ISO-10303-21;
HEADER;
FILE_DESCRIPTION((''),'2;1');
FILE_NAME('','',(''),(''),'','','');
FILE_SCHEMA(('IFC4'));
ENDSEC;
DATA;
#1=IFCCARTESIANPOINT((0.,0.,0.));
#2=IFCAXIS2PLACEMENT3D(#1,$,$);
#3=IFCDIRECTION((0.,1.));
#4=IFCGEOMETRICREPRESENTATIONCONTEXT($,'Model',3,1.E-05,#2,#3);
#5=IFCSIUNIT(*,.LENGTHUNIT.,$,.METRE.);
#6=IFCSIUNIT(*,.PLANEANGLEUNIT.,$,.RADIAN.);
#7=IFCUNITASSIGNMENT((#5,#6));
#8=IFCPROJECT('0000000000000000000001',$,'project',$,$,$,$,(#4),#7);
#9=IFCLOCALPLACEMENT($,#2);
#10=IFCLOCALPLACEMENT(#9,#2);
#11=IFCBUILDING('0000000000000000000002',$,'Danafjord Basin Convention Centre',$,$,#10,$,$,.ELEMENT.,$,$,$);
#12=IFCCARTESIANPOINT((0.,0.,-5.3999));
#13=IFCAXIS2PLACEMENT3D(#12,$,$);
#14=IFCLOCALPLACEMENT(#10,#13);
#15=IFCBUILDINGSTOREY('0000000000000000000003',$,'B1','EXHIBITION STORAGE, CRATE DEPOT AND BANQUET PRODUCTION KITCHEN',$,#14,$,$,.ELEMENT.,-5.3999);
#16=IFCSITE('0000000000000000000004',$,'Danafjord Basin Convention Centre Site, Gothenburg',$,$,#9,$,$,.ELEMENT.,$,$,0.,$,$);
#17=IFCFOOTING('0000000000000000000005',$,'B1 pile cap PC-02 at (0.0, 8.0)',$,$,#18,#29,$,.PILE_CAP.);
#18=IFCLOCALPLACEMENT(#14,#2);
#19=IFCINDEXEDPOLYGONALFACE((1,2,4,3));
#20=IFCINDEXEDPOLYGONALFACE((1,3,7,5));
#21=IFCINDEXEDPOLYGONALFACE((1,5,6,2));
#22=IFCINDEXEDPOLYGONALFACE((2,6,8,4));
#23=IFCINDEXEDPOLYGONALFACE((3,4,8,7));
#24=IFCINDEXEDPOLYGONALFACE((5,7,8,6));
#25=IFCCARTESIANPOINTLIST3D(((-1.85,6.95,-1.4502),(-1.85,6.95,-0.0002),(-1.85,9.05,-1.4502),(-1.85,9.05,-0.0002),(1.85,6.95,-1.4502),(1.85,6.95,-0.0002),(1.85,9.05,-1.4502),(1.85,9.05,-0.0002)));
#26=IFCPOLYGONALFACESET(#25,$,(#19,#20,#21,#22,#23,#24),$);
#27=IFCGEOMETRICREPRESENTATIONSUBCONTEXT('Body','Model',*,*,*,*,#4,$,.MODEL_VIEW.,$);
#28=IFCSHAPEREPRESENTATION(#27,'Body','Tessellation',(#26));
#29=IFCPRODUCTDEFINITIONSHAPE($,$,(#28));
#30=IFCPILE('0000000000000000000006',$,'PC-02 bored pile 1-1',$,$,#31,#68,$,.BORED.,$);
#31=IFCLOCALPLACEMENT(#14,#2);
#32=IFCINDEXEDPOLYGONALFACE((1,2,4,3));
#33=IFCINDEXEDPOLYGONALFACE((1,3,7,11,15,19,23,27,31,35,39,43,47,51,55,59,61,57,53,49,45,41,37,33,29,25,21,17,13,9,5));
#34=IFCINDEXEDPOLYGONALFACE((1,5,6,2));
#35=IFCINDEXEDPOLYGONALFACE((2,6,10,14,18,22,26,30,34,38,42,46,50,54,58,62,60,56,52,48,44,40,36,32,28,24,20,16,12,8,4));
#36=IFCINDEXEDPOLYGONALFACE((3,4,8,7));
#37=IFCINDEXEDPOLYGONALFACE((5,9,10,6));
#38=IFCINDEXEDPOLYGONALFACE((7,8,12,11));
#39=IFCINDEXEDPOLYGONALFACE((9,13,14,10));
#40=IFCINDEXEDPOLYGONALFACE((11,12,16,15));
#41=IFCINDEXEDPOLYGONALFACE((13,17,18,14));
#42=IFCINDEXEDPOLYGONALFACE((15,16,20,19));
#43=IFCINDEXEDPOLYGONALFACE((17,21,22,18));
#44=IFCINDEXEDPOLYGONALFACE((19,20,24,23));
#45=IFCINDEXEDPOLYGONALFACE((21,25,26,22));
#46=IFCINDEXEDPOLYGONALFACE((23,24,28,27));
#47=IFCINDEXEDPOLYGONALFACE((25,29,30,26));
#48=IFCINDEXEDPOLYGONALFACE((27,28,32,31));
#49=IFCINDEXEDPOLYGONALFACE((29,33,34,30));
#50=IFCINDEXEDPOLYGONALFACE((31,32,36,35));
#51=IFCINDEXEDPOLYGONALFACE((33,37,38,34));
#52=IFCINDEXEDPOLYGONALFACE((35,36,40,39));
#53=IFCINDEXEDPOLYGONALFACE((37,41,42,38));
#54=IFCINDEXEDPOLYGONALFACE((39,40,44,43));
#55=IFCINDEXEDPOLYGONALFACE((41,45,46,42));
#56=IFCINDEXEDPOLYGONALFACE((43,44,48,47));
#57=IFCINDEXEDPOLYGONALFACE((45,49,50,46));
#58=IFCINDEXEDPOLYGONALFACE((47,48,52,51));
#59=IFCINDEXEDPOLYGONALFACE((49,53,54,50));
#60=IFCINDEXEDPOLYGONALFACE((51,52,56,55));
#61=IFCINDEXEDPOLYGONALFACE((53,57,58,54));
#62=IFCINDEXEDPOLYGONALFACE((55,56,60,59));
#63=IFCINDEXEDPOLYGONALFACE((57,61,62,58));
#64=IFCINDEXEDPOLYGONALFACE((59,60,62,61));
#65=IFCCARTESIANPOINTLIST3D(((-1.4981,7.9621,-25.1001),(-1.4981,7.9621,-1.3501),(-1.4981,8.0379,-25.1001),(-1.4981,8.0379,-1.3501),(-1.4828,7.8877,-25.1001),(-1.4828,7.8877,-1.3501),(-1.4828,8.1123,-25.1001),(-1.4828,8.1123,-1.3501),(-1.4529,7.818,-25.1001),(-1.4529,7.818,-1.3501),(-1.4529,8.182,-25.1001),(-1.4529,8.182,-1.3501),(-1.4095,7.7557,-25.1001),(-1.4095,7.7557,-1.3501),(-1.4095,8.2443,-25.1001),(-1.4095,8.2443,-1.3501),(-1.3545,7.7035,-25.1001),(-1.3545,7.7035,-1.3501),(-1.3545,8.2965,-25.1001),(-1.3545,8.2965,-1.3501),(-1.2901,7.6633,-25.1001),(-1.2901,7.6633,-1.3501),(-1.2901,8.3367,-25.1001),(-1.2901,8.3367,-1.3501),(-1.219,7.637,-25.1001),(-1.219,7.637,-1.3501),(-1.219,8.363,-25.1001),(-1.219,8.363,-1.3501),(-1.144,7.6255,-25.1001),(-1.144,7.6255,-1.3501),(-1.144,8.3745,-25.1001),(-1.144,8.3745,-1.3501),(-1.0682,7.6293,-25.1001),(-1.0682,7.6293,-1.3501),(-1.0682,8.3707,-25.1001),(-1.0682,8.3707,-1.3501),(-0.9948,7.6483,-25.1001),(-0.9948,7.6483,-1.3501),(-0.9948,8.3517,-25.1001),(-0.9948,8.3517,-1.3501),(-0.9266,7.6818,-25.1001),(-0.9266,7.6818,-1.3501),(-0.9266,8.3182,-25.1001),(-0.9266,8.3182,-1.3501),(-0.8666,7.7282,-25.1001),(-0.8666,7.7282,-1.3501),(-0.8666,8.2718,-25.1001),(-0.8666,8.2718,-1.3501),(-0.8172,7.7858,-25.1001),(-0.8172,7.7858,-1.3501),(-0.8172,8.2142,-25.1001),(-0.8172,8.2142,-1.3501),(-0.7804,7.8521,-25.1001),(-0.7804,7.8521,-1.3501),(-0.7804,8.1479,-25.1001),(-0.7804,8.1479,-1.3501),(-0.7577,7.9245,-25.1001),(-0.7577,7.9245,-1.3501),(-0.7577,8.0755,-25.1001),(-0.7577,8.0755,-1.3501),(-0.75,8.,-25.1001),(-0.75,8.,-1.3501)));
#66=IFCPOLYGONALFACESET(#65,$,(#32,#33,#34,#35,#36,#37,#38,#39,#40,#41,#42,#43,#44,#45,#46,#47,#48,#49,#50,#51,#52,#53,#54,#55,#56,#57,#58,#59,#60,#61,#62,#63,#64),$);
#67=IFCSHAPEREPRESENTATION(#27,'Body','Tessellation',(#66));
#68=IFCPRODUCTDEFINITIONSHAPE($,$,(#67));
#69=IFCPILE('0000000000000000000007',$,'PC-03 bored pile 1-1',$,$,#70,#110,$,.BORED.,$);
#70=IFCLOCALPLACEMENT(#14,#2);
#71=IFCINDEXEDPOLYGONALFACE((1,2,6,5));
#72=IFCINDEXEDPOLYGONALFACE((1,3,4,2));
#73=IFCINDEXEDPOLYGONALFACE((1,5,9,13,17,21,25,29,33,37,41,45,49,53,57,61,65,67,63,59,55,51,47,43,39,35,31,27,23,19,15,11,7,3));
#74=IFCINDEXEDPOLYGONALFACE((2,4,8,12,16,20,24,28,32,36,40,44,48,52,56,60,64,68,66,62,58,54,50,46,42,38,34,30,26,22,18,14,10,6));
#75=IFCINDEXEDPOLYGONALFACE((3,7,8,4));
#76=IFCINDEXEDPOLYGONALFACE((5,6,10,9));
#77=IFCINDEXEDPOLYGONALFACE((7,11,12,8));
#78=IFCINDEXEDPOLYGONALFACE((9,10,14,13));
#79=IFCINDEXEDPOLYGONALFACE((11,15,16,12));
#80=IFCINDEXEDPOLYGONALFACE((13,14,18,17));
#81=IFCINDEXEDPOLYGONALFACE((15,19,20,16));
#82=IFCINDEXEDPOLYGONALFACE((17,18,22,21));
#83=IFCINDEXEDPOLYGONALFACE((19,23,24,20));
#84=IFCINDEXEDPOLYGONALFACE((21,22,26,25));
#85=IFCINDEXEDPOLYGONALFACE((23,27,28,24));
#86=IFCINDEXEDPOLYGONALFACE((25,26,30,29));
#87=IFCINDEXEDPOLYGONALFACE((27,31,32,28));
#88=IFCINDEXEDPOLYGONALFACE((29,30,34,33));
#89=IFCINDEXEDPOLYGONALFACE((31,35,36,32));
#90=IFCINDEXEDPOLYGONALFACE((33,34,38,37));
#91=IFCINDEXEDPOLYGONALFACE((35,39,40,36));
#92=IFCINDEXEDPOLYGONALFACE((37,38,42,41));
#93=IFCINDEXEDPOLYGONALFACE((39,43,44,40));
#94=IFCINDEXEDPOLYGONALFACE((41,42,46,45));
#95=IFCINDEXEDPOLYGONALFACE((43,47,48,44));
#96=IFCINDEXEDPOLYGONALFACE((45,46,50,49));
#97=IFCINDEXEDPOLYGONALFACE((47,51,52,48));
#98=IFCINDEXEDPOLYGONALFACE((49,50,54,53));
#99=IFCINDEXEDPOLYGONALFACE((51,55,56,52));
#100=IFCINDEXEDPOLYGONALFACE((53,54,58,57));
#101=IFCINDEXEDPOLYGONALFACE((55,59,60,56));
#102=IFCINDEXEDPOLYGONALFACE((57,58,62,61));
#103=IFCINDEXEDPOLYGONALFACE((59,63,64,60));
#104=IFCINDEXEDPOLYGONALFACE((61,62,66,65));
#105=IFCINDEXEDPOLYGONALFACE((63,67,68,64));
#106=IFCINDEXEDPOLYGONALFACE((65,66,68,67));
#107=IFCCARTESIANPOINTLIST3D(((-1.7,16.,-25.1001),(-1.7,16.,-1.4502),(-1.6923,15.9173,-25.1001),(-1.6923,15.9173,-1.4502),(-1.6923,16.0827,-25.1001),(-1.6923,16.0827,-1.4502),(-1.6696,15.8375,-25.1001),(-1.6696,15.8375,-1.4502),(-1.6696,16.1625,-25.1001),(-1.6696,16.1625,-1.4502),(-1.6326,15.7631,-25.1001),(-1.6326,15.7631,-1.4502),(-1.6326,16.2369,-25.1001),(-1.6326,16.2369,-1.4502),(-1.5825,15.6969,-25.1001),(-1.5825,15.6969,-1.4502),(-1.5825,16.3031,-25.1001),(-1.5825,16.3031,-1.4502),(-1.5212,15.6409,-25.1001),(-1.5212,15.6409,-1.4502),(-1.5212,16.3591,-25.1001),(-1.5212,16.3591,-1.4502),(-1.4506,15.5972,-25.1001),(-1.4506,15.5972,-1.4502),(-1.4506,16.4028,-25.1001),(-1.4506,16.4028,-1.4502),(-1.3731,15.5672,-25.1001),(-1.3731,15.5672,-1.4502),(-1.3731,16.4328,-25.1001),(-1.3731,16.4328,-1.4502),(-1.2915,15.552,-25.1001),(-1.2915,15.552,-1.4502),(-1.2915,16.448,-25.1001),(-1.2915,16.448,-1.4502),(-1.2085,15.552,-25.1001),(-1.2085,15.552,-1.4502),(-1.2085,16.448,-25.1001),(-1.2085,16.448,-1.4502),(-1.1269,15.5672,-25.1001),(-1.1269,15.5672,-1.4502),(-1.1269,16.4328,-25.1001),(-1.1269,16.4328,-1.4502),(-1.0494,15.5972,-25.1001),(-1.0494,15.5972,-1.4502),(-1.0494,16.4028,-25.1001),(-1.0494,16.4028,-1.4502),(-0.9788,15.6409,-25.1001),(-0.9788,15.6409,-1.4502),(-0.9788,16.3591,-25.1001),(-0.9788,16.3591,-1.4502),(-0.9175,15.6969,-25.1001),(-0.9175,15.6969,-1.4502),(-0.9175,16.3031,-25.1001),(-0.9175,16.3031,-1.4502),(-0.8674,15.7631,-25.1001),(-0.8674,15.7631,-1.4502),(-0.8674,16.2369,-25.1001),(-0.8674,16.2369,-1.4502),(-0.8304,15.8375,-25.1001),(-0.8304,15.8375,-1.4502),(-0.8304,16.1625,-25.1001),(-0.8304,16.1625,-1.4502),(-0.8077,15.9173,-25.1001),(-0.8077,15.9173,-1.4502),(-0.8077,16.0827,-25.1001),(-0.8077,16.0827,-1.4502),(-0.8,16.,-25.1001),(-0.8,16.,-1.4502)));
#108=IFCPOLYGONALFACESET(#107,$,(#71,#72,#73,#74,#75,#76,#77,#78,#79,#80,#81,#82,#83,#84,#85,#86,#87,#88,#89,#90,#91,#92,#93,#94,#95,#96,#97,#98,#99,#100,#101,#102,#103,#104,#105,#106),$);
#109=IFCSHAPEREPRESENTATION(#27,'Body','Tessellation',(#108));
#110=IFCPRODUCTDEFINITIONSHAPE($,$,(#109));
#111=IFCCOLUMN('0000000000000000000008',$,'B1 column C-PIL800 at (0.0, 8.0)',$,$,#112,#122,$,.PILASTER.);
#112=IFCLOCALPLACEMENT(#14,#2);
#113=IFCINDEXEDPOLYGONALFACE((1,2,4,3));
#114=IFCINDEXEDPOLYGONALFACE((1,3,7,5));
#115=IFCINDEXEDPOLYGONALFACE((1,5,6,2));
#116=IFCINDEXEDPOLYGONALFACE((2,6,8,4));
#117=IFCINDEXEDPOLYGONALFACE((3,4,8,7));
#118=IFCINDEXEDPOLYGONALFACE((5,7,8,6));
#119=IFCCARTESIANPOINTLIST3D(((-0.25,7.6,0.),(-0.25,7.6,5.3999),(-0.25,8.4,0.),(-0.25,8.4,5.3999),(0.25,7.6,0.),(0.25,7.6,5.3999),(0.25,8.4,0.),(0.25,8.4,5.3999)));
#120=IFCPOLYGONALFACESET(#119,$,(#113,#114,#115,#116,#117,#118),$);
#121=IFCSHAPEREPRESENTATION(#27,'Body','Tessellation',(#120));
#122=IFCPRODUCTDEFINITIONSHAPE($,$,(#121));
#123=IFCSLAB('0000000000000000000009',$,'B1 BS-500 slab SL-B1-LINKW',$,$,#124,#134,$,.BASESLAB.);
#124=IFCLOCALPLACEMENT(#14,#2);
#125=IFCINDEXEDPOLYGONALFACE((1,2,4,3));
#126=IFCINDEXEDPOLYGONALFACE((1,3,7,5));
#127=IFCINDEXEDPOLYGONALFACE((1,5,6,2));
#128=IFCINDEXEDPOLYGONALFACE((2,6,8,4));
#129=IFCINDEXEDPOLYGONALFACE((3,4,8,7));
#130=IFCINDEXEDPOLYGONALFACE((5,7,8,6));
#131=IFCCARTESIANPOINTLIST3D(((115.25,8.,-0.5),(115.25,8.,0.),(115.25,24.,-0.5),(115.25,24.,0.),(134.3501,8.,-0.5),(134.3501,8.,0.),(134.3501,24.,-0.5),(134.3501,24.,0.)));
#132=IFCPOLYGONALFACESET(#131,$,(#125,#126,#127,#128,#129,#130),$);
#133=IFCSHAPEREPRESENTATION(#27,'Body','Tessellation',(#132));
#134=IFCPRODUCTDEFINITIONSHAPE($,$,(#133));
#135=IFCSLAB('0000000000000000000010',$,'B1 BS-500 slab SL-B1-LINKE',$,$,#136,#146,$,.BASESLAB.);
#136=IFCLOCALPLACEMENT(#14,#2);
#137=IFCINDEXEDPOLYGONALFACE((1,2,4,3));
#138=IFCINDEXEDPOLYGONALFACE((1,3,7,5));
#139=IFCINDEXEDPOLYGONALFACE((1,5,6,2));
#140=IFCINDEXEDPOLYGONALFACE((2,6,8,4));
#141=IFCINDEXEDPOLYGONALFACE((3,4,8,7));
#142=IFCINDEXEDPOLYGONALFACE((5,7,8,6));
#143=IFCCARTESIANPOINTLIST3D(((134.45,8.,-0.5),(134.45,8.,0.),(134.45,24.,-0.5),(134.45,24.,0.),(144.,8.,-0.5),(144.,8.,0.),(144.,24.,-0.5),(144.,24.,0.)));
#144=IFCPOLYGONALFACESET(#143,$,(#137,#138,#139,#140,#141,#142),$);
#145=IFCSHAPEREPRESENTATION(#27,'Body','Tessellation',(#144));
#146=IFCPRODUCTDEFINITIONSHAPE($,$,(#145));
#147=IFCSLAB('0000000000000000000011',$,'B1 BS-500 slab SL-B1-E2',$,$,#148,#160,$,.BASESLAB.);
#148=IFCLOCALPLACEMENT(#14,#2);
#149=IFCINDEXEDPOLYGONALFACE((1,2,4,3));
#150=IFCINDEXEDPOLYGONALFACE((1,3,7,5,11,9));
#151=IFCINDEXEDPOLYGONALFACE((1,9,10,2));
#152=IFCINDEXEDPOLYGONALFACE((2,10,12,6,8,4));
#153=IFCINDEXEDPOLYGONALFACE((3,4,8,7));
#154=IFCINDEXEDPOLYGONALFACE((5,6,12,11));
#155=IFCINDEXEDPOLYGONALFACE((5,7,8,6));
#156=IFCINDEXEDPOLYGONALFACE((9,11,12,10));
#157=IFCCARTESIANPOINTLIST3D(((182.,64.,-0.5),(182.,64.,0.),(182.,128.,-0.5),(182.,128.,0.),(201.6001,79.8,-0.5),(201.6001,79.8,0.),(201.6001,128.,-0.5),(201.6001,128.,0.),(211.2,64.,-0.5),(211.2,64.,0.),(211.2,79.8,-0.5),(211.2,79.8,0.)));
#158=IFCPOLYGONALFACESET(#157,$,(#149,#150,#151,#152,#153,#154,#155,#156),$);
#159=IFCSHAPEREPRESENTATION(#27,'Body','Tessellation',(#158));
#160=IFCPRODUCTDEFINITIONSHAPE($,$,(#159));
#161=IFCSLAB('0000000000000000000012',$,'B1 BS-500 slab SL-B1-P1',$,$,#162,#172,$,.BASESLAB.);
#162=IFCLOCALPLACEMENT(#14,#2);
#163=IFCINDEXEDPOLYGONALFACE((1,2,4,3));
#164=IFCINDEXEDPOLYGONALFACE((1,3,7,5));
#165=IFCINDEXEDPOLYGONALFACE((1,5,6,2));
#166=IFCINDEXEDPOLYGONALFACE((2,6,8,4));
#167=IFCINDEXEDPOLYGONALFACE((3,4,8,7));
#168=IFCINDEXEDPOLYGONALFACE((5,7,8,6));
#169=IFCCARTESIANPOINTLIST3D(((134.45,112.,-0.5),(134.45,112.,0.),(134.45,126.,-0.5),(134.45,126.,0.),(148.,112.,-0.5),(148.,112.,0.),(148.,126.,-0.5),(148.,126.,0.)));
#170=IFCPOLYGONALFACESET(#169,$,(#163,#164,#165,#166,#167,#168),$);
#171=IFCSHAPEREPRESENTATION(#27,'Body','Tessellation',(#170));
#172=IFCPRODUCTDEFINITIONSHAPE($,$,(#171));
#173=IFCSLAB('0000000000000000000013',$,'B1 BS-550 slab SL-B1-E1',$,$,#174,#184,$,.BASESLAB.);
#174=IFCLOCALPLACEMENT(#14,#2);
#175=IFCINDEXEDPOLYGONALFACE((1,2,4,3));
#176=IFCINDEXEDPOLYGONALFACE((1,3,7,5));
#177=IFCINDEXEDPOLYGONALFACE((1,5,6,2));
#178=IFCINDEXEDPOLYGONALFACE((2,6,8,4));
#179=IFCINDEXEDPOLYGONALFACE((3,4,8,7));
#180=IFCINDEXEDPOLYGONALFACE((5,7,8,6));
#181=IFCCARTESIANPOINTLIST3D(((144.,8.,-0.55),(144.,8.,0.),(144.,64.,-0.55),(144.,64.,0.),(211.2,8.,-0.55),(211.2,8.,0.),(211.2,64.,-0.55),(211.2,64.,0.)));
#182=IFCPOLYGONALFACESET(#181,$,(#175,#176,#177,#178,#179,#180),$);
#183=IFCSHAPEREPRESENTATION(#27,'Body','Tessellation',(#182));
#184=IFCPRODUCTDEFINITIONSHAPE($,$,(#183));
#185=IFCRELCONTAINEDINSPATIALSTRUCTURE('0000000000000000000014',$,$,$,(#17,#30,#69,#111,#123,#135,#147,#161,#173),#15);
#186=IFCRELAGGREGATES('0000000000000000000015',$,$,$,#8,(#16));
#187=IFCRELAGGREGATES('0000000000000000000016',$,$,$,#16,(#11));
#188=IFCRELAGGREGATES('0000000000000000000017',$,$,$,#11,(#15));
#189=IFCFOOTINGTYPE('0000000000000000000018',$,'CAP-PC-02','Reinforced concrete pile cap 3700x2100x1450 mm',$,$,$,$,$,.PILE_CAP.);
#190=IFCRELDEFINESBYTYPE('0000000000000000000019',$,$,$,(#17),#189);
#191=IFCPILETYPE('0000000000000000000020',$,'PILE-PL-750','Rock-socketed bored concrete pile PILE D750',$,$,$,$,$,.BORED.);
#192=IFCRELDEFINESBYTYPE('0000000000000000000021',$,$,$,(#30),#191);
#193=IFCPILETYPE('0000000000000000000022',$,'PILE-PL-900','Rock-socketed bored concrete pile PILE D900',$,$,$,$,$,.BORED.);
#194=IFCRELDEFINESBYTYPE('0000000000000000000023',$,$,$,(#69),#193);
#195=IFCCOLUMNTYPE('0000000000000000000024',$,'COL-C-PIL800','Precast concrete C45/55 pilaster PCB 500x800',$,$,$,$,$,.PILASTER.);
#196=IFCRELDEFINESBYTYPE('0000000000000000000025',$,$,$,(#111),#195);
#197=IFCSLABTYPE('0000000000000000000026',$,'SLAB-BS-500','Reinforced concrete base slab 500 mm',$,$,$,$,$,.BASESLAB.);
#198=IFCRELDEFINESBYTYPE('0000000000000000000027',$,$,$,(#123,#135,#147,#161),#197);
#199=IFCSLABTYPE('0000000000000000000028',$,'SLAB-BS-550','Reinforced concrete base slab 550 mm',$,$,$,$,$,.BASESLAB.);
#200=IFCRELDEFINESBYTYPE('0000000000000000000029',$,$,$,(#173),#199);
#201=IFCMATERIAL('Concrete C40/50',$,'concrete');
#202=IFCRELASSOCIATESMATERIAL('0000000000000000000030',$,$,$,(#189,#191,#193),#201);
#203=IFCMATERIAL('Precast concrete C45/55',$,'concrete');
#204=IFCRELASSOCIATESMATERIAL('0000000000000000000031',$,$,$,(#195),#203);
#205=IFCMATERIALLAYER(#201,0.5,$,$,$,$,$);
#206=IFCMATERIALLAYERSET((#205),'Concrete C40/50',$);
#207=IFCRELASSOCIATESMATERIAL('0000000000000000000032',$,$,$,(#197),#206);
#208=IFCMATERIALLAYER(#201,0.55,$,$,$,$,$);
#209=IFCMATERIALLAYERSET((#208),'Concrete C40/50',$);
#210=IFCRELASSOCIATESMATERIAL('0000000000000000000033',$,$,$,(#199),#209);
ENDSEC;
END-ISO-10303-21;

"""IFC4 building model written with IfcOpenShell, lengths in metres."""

from ifc_helpers import new_model, si_unit, direction, frame, origin, origin_2d, place, context, subcontext, project, spatial, polyline, rectangle, circle, outline, extrude, material, layer, layer_set, material_profile, profile_set, type_object, element, save


model = new_model("IFC4")

# Units and contexts
model_context = context("Model", 3, precision=1e-05, world=origin(), true_north=direction((0.0, 1.0)))
body_context = subcontext(model_context, "Body", "Model", "MODEL_VIEW")
ifc_project = project(units=[si_unit("LENGTHUNIT", "METRE"), si_unit("PLANEANGLEUNIT", "RADIAN")], contexts=[model_context])

# Site, building, storey
site_placement = place(None, origin())
site = spatial("IfcSite", under=ifc_project, at=site_placement, Name="Danafjord Basin Convention Centre Site, Gothenburg", CompositionType="ELEMENT", RefElevation=0.0)
building_placement = place(site_placement, origin())
building = spatial("IfcBuilding", under=site, at=building_placement, Name="Danafjord Basin Convention Centre", CompositionType="ELEMENT")
storey_placement = place(building_placement, frame((0.0, 0.0, -5.3999)))
storey = spatial("IfcBuildingStorey", under=building, at=storey_placement, Name="B1", Description="EXHIBITION STORAGE, CRATE DEPOT AND BANQUET PRODUCTION KITCHEN", CompositionType="ELEMENT", Elevation=-5.3999)

# Footing
ifc_material_1 = material(Name="Concrete C40/50", Category="concrete")
footing_type = type_object("IfcFootingType", Name="CAP-PC-02", Description="Reinforced concrete pile cap 3700x2100x1450 mm", PredefinedType="PILE_CAP", material=ifc_material_1)
footing_placement = place(storey_placement, frame((0.0, 8.0, -1.4502), z_axis=(0.0, 0.0, 1.0), x_axis=(1.0, 0.0, 0.0)))
element("IfcFooting", 1, at=footing_placement, inside=storey, type_object=footing_type, Name="B1 pile cap PC-02 at (0.0, 8.0)", PredefinedType="PILE_CAP", context=body_context, shape_type="SweptSolid", body=[
    extrude(rectangle(XDim=3.7, YDim=2.1001, at=origin_2d()), origin(), (0.0, 0.0, 1.0), 1.45),
])

# Piles
ifc_material_profile_1 = material_profile(ifc_material_1, circle(Radius=0.375, at=origin_2d()), Name="PILE D750")
ifc_profile_set_1 = profile_set([ifc_material_profile_1], Name="Concrete C40/50")
pile_type_1 = type_object("IfcPileType", Name="PILE-PL-750", Description="Rock-socketed bored concrete pile PILE D750", PredefinedType="BORED", material=ifc_profile_set_1)
pile_1_placement = place(storey_placement, frame((-1.125, 8.0, -1.3501), z_axis=(0.0, 0.0, -1.0), x_axis=(1.0, 0.0, 0.0)))
element("IfcPile", 2, at=pile_1_placement, inside=storey, type_object=pile_type_1, Name="PC-02 bored pile 1-1", PredefinedType="BORED", context=body_context, shape_type="SweptSolid", body=[
    extrude(circle(Radius=0.375, at=origin_2d()), origin(), (0.0, 0.0, 1.0), 23.75),
])
ifc_material_profile_2 = material_profile(ifc_material_1, circle(Radius=0.45, at=origin_2d()), Name="PILE D900")
ifc_profile_set_2 = profile_set([ifc_material_profile_2], Name="Concrete C40/50")
pile_type_2 = type_object("IfcPileType", Name="PILE-PL-900", Description="Rock-socketed bored concrete pile PILE D900", PredefinedType="BORED", material=ifc_profile_set_2)
pile_2_placement = place(storey_placement, frame((-1.25, 16.0, -1.4502), z_axis=(0.0, 0.0, -1.0), x_axis=(1.0, 0.0, 0.0)))
element("IfcPile", 3, at=pile_2_placement, inside=storey, type_object=pile_type_2, Name="PC-03 bored pile 1-1", PredefinedType="BORED", context=body_context, shape_type="SweptSolid", body=[
    extrude(circle(Radius=0.45, at=origin_2d()), origin(), (0.0, 0.0, 1.0), 23.6499),
])

# Column
ifc_material_2 = material(Name="Precast concrete C45/55", Category="concrete")
ifc_material_profile_3 = material_profile(ifc_material_2, rectangle(XDim=0.5, YDim=0.8, at=origin_2d()), Name="PCB 500x800")
ifc_profile_set_3 = profile_set([ifc_material_profile_3], Name="Precast concrete C45/55")
column_type = type_object("IfcColumnType", Name="COL-C-PIL800", Description="Precast concrete C45/55 pilaster PCB 500x800", PredefinedType="PILASTER", material=ifc_profile_set_3)
column_placement = place(storey_placement, frame((0.0, 8.0, 0.0), z_axis=(0.0, 0.0, 1.0), x_axis=(1.0, 0.0, 0.0)))
element("IfcColumn", 4, at=column_placement, inside=storey, type_object=column_type, Name="B1 column C-PIL800 at (0.0, 8.0)", PredefinedType="PILASTER", context=body_context, shape_type="SweptSolid", body=[
    extrude(rectangle(XDim=0.5, YDim=0.8, at=origin_2d()), origin(), (0.0, 0.0, 1.0), 5.3999),
])

# Slabs
ifc_layer_1 = layer(ifc_material_1, 0.5)
ifc_layer_set_1 = layer_set([ifc_layer_1], Name="Concrete C40/50")
slab_type_1 = type_object("IfcSlabType", Name="SLAB-BS-500", Description="Reinforced concrete base slab 500 mm", PredefinedType="BASESLAB", material=ifc_layer_set_1)
slab_1_placement = place(storey_placement, frame((0.0, 0.0, -0.5)))
element("IfcSlab", 5, at=slab_1_placement, inside=storey, type_object=slab_type_1, Name="B1 BS-500 slab SL-B1-LINKW", PredefinedType="BASESLAB", context=body_context, shape_type="SweptSolid", body=[
    extrude(outline(polyline([(115.25, 8.0), (115.25, 24.0), (134.3501, 24.0), (134.3501, 8.0), (115.25, 8.0)])), origin(), (0.0, 0.0, 1.0), 0.5),
])
slab_2_placement = place(storey_placement, frame((0.0, 0.0, -0.5)))
element("IfcSlab", 6, at=slab_2_placement, inside=storey, type_object=slab_type_1, Name="B1 BS-500 slab SL-B1-LINKE", PredefinedType="BASESLAB", context=body_context, shape_type="SweptSolid", body=[
    extrude(outline(polyline([(134.45, 8.0), (134.45, 24.0), (144.0, 24.0), (144.0, 8.0), (134.45, 8.0)])), origin(), (0.0, 0.0, 1.0), 0.5),
])
slab_3_placement = place(storey_placement, frame((0.0, 0.0, -0.5)))
element("IfcSlab", 7, at=slab_3_placement, inside=storey, type_object=slab_type_1, Name="B1 BS-500 slab SL-B1-E2", PredefinedType="BASESLAB", context=body_context, shape_type="SweptSolid", body=[
    extrude(outline(polyline([(182.0, 64.0), (182.0, 128.0), (201.6001, 128.0), (201.6001, 79.8), (211.2, 79.8), (211.2, 64.0), (182.0, 64.0)])), origin(), (0.0, 0.0, 1.0), 0.5),
])
slab_4_placement = place(storey_placement, frame((0.0, 0.0, -0.5)))
element("IfcSlab", 8, at=slab_4_placement, inside=storey, type_object=slab_type_1, Name="B1 BS-500 slab SL-B1-P1", PredefinedType="BASESLAB", context=body_context, shape_type="SweptSolid", body=[
    extrude(outline(polyline([(134.45, 112.0), (134.45, 126.0), (148.0, 126.0), (148.0, 112.0), (134.45, 112.0)])), origin(), (0.0, 0.0, 1.0), 0.5),
])
ifc_layer_2 = layer(ifc_material_1, 0.55)
ifc_layer_set_2 = layer_set([ifc_layer_2], Name="Concrete C40/50")
slab_type_2 = type_object("IfcSlabType", Name="SLAB-BS-550", Description="Reinforced concrete base slab 550 mm", PredefinedType="BASESLAB", material=ifc_layer_set_2)
slab_5_placement = place(storey_placement, frame((0.0, 0.0, -0.55)))
element("IfcSlab", 9, at=slab_5_placement, inside=storey, type_object=slab_type_2, Name="B1 BS-550 slab SL-B1-E1", PredefinedType="BASESLAB", context=body_context, shape_type="SweptSolid", body=[
    extrude(outline(polyline([(144.0, 8.0), (144.0, 64.0), (211.2, 64.0), (211.2, 8.0), (144.0, 8.0)])), origin(), (0.0, 0.0, 1.0), 0.55),
])

save(model, "model.ifc")
